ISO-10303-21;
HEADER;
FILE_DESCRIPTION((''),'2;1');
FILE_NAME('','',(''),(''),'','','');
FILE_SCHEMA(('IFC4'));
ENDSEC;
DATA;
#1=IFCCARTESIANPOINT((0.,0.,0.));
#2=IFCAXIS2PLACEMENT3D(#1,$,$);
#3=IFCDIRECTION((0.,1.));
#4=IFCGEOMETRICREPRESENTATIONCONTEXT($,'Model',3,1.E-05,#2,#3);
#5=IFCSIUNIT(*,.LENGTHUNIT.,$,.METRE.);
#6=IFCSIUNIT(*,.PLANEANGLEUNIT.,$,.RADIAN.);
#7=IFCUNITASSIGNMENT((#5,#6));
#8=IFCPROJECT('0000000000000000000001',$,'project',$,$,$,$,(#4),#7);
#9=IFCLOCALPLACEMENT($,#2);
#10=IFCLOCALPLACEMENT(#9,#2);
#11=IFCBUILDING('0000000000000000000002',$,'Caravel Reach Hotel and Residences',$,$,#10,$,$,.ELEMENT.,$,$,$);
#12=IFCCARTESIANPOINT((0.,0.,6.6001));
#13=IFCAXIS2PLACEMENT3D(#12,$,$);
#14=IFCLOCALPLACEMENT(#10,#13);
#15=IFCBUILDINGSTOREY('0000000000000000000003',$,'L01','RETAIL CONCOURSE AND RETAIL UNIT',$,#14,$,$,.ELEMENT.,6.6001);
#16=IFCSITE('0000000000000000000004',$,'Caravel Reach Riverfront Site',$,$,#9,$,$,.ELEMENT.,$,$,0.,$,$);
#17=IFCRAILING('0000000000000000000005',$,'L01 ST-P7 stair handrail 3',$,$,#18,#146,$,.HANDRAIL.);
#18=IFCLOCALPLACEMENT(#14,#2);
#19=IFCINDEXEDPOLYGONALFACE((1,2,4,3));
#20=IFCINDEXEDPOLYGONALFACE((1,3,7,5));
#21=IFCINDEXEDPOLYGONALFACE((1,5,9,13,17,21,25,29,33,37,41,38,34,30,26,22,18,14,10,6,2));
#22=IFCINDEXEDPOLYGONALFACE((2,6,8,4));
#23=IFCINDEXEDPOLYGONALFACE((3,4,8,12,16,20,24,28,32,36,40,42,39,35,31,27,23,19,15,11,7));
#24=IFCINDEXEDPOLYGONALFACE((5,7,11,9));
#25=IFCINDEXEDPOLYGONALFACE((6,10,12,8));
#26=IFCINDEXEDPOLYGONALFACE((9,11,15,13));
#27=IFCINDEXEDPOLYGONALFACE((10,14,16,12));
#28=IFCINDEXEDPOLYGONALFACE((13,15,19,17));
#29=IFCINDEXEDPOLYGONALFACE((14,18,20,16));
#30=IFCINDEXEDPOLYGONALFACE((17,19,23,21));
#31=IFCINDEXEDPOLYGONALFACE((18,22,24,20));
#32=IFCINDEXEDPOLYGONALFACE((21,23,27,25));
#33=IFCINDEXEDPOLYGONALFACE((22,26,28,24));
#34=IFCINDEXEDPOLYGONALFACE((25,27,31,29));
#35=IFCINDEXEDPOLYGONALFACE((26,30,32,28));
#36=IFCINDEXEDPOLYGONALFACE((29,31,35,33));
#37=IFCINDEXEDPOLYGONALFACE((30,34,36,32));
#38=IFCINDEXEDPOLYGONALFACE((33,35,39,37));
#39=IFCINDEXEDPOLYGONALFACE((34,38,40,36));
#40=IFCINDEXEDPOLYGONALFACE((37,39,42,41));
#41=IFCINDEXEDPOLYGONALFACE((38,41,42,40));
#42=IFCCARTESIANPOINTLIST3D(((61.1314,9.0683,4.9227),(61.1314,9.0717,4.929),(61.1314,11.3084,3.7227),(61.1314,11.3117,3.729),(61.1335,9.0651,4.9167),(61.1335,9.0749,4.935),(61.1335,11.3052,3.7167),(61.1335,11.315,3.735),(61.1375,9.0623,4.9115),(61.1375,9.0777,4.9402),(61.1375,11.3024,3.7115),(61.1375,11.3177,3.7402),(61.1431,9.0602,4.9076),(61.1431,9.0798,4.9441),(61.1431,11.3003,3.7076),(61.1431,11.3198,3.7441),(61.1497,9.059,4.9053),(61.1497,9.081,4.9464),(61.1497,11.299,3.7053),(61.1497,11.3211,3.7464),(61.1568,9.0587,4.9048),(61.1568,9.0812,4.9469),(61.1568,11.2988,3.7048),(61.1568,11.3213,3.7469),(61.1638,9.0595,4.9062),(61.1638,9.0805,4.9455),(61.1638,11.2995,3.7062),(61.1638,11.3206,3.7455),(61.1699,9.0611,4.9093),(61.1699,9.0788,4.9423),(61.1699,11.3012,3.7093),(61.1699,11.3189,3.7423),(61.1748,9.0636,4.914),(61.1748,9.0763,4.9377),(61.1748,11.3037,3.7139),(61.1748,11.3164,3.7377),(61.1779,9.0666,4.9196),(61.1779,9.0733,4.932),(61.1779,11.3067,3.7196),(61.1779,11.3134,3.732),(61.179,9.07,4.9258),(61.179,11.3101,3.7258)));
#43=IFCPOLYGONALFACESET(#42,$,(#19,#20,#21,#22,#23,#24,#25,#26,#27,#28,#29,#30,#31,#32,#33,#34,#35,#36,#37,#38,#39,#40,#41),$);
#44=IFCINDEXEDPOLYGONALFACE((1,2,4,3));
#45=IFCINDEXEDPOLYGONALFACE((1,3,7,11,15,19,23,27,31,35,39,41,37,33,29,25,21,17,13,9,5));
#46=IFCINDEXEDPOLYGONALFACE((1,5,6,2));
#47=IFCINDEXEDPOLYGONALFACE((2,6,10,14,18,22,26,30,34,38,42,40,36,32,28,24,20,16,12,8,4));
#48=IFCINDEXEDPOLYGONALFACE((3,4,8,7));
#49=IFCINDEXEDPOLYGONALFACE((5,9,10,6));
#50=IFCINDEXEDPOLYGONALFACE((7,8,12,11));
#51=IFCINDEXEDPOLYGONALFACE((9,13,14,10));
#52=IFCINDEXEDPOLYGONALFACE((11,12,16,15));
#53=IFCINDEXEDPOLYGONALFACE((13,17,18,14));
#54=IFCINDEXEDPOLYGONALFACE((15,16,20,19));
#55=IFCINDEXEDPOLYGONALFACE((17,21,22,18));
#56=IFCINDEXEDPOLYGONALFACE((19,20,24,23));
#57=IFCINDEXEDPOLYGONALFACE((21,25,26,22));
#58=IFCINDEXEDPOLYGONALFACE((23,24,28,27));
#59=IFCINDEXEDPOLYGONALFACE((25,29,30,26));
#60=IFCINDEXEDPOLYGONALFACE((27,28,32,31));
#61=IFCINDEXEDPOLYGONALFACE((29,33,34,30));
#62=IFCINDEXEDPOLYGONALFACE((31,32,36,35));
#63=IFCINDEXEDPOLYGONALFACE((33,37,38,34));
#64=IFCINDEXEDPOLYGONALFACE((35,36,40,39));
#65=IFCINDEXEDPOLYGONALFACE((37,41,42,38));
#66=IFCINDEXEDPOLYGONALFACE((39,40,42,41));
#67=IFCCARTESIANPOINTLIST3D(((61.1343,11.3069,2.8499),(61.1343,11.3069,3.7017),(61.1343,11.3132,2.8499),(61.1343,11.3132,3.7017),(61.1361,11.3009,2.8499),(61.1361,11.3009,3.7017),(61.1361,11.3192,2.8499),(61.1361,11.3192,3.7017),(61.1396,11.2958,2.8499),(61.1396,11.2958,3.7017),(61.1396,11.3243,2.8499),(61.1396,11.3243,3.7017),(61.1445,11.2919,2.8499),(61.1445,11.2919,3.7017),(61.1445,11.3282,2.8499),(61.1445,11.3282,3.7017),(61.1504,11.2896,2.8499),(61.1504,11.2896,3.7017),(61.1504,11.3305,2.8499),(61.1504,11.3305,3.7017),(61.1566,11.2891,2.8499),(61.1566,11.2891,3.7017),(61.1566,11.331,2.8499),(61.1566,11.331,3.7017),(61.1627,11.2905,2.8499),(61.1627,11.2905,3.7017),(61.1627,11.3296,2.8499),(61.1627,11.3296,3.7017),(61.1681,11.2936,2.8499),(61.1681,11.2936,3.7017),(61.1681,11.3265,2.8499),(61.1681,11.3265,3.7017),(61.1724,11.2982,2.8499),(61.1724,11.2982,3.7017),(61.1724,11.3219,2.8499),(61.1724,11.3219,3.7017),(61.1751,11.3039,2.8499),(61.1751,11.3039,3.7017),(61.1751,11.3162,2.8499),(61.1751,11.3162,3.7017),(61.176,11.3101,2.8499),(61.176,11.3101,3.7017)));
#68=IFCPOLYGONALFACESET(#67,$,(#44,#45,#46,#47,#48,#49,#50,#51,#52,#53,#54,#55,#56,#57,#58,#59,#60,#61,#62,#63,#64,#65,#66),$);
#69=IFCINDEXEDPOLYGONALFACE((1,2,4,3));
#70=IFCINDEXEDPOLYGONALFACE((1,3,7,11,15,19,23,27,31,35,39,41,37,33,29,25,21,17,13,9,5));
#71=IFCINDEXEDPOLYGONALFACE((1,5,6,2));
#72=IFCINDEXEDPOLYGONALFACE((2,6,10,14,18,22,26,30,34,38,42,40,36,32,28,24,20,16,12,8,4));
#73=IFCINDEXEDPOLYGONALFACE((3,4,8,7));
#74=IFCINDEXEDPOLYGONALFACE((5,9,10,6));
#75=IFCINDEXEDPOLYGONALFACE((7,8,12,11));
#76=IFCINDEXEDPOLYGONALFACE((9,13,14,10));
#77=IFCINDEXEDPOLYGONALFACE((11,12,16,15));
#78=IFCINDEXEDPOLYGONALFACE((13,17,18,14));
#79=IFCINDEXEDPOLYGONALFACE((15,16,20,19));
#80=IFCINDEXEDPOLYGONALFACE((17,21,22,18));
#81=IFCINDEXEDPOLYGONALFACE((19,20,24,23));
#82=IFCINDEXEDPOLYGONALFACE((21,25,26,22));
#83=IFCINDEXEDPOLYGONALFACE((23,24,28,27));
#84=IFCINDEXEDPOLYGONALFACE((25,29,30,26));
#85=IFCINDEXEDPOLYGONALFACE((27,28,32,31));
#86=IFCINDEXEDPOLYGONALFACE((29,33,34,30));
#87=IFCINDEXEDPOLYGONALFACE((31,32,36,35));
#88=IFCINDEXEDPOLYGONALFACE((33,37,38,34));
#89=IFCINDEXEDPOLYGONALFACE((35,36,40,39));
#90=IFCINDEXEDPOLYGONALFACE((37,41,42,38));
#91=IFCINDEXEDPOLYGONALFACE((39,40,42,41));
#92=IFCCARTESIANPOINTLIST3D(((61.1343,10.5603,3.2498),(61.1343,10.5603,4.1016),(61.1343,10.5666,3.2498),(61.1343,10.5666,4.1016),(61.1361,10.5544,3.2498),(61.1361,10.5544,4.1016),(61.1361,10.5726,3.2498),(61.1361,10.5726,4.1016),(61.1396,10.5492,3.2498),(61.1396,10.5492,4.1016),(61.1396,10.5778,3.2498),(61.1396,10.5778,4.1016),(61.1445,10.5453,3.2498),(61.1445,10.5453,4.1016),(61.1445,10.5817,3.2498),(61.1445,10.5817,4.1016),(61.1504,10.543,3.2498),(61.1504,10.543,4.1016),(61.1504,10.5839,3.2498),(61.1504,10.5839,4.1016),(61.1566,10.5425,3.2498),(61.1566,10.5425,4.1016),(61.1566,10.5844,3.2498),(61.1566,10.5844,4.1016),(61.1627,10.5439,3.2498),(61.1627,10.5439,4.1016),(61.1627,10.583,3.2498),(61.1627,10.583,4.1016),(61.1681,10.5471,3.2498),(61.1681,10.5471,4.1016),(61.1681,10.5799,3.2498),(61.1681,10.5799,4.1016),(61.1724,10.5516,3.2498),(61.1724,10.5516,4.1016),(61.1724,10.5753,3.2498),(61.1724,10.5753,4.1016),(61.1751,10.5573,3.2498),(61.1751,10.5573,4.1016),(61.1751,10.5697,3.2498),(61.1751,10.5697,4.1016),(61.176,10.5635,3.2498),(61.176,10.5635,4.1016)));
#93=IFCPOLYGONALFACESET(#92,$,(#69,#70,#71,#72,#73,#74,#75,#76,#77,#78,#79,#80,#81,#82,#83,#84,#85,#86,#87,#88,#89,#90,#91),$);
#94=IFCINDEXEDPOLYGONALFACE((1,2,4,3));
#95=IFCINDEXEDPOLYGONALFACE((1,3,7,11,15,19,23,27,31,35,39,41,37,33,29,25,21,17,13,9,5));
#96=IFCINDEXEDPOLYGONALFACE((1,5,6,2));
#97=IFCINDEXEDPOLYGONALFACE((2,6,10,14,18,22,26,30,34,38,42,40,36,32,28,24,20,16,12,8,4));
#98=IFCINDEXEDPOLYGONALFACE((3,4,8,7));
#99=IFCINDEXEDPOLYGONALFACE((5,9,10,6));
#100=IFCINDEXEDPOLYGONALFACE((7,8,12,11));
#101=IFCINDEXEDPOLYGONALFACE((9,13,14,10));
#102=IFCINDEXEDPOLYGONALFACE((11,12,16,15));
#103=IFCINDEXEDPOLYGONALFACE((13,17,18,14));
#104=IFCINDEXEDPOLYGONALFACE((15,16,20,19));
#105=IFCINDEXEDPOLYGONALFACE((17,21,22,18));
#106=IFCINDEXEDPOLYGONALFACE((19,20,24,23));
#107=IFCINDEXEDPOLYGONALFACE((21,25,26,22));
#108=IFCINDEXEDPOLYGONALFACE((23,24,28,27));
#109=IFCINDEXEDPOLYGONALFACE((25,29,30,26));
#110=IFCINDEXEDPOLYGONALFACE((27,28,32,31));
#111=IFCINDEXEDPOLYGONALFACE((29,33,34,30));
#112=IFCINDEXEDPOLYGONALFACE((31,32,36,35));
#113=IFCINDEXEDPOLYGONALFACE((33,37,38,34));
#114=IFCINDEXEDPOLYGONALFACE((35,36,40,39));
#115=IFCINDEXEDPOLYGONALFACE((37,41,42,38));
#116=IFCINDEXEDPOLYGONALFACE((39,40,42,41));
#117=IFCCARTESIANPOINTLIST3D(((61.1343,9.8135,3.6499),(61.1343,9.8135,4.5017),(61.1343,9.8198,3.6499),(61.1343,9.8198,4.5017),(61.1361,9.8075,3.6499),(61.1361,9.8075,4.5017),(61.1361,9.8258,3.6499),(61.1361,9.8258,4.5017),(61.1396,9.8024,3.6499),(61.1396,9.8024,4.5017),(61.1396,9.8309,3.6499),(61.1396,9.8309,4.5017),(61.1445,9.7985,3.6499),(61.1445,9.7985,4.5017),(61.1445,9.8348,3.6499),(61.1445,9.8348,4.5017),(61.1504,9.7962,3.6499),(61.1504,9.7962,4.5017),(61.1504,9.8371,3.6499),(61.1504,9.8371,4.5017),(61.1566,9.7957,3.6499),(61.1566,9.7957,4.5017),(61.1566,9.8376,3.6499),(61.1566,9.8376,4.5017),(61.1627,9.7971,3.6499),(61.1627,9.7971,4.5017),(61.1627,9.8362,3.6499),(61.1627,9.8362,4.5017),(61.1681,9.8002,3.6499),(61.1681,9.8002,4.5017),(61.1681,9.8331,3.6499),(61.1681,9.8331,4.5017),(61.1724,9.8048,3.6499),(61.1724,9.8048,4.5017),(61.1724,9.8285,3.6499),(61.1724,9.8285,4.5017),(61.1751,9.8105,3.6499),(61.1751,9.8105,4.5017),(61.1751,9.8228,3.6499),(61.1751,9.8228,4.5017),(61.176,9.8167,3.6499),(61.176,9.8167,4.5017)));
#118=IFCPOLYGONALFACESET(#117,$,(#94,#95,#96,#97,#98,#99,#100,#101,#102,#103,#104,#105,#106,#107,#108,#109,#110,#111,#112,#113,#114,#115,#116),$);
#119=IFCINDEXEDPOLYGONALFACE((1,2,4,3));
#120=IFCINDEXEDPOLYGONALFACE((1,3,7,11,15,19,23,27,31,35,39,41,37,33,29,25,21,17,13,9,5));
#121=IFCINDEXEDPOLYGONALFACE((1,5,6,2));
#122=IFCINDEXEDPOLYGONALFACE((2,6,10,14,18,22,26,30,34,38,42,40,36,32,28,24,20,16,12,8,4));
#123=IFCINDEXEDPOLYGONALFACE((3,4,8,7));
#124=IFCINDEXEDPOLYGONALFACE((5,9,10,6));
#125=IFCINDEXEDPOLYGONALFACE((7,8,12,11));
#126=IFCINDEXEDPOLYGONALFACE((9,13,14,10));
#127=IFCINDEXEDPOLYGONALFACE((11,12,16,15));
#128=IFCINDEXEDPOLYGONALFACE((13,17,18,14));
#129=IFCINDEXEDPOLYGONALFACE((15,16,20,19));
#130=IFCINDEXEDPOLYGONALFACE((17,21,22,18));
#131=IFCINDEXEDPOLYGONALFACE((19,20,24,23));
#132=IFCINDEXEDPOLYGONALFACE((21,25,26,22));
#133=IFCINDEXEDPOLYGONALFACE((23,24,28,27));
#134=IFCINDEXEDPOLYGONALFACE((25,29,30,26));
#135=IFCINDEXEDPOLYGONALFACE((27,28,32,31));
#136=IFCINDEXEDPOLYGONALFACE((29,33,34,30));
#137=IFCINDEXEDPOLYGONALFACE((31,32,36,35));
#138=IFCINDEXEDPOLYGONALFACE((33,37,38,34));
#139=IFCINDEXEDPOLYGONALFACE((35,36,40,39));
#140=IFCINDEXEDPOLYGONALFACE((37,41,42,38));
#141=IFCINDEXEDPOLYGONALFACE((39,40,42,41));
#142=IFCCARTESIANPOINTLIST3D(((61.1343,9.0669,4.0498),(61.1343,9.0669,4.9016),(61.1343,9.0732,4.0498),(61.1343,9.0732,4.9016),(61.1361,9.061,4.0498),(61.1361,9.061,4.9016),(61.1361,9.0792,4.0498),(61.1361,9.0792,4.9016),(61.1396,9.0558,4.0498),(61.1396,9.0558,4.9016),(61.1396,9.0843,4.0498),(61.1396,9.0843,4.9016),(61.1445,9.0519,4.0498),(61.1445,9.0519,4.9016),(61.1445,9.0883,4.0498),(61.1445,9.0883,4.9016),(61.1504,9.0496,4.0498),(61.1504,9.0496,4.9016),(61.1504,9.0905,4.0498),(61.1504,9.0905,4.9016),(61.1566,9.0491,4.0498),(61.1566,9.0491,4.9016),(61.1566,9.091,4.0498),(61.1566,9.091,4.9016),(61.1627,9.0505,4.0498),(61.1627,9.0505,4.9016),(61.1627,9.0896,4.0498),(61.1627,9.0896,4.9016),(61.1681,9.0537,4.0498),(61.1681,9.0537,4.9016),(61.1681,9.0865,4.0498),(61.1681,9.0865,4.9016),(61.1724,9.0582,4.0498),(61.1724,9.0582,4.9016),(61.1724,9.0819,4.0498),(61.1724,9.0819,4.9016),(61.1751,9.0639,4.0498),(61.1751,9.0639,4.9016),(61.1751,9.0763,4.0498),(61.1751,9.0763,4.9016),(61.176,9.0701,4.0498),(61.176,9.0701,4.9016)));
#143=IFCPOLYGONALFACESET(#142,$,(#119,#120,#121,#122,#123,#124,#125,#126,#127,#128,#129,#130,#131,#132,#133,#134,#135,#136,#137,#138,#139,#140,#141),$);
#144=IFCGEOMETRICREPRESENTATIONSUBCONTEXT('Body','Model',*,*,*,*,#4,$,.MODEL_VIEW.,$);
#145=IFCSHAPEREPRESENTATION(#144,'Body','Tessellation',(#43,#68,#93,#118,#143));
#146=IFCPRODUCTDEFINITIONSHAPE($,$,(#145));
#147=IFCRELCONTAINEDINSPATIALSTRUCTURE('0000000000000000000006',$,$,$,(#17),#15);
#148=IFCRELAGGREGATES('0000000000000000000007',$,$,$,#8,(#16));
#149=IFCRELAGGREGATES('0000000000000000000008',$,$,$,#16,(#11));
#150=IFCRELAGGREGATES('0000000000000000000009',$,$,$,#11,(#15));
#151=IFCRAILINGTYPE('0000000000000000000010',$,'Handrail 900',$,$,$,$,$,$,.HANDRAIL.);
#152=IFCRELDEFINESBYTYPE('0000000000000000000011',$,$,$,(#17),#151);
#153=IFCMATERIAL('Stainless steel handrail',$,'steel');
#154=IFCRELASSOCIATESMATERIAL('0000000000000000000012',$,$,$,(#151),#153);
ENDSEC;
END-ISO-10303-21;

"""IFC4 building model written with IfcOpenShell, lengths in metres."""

from ifc_helpers import new_model, si_unit, direction, frame, origin, origin_2d, place, context, subcontext, project, spatial, circle, extrude, material, type_object, element, save


model = new_model("IFC4")

# Units and contexts
model_context = context("Model", 3, precision=1e-05, world=origin(), true_north=direction((0.0, 1.0)))
body_context = subcontext(model_context, "Body", "Model", "MODEL_VIEW")
ifc_project = project(units=[si_unit("LENGTHUNIT", "METRE"), si_unit("PLANEANGLEUNIT", "RADIAN")], contexts=[model_context])

# Site, building, storey
site_placement = place(None, origin())
site = spatial("IfcSite", under=ifc_project, at=site_placement, Name="Caravel Reach Riverfront Site", CompositionType="ELEMENT", RefElevation=0.0)
building_placement = place(site_placement, origin())
building = spatial("IfcBuilding", under=site, at=building_placement, Name="Caravel Reach Hotel and Residences", CompositionType="ELEMENT")
storey_placement = place(building_placement, frame((0.0, 0.0, 6.6001)))
storey = spatial("IfcBuildingStorey", under=building, at=storey_placement, Name="L01", Description="RETAIL CONCOURSE AND RETAIL UNIT", CompositionType="ELEMENT", Elevation=6.6001)

# Railing
ifc_material_1 = material(Name="Stainless steel handrail", Category="steel")
railing_type_1 = type_object("IfcRailingType", Name="Handrail 900", PredefinedType="HANDRAIL", material=ifc_material_1)
for number, where, name in (
    (1, (61.155, 11.3101, 2.8499), "L01 ST-P7 stair handrail 3"),
):
    element("IfcRailing", number, at=place(storey_placement, frame(where)), inside=storey, type_object=railing_type_1, Name=name, PredefinedType="HANDRAIL", context=body_context, shape_type="SweptSolid", body=[
        extrude(circle(Radius=0.0239, at=origin_2d()), frame((0.0, 0.0, 0.876), z_axis=(0.0, -0.881487, 0.472208), x_axis=(1.0, 0.0, 0.0)), (0.0, 0.0, 1.0), 2.5413),
        extrude(circle(Radius=0.021, at=origin_2d()), origin(), (0.0, 0.0, 1.0), 0.8518),
        extrude(circle(Radius=0.021, at=origin_2d()), frame((0.0, -0.7466, 0.3999)), (0.0, 0.0, 1.0), 0.8518),
        extrude(circle(Radius=0.021, at=origin_2d()), frame((0.0, -1.4934, 0.8)), (0.0, 0.0, 1.0), 0.8518),
        extrude(circle(Radius=0.021, at=origin_2d()), frame((0.0, -2.24, 1.2)), (0.0, 0.0, 1.0), 0.8518),
    ])

save(model, "model.ifc")
